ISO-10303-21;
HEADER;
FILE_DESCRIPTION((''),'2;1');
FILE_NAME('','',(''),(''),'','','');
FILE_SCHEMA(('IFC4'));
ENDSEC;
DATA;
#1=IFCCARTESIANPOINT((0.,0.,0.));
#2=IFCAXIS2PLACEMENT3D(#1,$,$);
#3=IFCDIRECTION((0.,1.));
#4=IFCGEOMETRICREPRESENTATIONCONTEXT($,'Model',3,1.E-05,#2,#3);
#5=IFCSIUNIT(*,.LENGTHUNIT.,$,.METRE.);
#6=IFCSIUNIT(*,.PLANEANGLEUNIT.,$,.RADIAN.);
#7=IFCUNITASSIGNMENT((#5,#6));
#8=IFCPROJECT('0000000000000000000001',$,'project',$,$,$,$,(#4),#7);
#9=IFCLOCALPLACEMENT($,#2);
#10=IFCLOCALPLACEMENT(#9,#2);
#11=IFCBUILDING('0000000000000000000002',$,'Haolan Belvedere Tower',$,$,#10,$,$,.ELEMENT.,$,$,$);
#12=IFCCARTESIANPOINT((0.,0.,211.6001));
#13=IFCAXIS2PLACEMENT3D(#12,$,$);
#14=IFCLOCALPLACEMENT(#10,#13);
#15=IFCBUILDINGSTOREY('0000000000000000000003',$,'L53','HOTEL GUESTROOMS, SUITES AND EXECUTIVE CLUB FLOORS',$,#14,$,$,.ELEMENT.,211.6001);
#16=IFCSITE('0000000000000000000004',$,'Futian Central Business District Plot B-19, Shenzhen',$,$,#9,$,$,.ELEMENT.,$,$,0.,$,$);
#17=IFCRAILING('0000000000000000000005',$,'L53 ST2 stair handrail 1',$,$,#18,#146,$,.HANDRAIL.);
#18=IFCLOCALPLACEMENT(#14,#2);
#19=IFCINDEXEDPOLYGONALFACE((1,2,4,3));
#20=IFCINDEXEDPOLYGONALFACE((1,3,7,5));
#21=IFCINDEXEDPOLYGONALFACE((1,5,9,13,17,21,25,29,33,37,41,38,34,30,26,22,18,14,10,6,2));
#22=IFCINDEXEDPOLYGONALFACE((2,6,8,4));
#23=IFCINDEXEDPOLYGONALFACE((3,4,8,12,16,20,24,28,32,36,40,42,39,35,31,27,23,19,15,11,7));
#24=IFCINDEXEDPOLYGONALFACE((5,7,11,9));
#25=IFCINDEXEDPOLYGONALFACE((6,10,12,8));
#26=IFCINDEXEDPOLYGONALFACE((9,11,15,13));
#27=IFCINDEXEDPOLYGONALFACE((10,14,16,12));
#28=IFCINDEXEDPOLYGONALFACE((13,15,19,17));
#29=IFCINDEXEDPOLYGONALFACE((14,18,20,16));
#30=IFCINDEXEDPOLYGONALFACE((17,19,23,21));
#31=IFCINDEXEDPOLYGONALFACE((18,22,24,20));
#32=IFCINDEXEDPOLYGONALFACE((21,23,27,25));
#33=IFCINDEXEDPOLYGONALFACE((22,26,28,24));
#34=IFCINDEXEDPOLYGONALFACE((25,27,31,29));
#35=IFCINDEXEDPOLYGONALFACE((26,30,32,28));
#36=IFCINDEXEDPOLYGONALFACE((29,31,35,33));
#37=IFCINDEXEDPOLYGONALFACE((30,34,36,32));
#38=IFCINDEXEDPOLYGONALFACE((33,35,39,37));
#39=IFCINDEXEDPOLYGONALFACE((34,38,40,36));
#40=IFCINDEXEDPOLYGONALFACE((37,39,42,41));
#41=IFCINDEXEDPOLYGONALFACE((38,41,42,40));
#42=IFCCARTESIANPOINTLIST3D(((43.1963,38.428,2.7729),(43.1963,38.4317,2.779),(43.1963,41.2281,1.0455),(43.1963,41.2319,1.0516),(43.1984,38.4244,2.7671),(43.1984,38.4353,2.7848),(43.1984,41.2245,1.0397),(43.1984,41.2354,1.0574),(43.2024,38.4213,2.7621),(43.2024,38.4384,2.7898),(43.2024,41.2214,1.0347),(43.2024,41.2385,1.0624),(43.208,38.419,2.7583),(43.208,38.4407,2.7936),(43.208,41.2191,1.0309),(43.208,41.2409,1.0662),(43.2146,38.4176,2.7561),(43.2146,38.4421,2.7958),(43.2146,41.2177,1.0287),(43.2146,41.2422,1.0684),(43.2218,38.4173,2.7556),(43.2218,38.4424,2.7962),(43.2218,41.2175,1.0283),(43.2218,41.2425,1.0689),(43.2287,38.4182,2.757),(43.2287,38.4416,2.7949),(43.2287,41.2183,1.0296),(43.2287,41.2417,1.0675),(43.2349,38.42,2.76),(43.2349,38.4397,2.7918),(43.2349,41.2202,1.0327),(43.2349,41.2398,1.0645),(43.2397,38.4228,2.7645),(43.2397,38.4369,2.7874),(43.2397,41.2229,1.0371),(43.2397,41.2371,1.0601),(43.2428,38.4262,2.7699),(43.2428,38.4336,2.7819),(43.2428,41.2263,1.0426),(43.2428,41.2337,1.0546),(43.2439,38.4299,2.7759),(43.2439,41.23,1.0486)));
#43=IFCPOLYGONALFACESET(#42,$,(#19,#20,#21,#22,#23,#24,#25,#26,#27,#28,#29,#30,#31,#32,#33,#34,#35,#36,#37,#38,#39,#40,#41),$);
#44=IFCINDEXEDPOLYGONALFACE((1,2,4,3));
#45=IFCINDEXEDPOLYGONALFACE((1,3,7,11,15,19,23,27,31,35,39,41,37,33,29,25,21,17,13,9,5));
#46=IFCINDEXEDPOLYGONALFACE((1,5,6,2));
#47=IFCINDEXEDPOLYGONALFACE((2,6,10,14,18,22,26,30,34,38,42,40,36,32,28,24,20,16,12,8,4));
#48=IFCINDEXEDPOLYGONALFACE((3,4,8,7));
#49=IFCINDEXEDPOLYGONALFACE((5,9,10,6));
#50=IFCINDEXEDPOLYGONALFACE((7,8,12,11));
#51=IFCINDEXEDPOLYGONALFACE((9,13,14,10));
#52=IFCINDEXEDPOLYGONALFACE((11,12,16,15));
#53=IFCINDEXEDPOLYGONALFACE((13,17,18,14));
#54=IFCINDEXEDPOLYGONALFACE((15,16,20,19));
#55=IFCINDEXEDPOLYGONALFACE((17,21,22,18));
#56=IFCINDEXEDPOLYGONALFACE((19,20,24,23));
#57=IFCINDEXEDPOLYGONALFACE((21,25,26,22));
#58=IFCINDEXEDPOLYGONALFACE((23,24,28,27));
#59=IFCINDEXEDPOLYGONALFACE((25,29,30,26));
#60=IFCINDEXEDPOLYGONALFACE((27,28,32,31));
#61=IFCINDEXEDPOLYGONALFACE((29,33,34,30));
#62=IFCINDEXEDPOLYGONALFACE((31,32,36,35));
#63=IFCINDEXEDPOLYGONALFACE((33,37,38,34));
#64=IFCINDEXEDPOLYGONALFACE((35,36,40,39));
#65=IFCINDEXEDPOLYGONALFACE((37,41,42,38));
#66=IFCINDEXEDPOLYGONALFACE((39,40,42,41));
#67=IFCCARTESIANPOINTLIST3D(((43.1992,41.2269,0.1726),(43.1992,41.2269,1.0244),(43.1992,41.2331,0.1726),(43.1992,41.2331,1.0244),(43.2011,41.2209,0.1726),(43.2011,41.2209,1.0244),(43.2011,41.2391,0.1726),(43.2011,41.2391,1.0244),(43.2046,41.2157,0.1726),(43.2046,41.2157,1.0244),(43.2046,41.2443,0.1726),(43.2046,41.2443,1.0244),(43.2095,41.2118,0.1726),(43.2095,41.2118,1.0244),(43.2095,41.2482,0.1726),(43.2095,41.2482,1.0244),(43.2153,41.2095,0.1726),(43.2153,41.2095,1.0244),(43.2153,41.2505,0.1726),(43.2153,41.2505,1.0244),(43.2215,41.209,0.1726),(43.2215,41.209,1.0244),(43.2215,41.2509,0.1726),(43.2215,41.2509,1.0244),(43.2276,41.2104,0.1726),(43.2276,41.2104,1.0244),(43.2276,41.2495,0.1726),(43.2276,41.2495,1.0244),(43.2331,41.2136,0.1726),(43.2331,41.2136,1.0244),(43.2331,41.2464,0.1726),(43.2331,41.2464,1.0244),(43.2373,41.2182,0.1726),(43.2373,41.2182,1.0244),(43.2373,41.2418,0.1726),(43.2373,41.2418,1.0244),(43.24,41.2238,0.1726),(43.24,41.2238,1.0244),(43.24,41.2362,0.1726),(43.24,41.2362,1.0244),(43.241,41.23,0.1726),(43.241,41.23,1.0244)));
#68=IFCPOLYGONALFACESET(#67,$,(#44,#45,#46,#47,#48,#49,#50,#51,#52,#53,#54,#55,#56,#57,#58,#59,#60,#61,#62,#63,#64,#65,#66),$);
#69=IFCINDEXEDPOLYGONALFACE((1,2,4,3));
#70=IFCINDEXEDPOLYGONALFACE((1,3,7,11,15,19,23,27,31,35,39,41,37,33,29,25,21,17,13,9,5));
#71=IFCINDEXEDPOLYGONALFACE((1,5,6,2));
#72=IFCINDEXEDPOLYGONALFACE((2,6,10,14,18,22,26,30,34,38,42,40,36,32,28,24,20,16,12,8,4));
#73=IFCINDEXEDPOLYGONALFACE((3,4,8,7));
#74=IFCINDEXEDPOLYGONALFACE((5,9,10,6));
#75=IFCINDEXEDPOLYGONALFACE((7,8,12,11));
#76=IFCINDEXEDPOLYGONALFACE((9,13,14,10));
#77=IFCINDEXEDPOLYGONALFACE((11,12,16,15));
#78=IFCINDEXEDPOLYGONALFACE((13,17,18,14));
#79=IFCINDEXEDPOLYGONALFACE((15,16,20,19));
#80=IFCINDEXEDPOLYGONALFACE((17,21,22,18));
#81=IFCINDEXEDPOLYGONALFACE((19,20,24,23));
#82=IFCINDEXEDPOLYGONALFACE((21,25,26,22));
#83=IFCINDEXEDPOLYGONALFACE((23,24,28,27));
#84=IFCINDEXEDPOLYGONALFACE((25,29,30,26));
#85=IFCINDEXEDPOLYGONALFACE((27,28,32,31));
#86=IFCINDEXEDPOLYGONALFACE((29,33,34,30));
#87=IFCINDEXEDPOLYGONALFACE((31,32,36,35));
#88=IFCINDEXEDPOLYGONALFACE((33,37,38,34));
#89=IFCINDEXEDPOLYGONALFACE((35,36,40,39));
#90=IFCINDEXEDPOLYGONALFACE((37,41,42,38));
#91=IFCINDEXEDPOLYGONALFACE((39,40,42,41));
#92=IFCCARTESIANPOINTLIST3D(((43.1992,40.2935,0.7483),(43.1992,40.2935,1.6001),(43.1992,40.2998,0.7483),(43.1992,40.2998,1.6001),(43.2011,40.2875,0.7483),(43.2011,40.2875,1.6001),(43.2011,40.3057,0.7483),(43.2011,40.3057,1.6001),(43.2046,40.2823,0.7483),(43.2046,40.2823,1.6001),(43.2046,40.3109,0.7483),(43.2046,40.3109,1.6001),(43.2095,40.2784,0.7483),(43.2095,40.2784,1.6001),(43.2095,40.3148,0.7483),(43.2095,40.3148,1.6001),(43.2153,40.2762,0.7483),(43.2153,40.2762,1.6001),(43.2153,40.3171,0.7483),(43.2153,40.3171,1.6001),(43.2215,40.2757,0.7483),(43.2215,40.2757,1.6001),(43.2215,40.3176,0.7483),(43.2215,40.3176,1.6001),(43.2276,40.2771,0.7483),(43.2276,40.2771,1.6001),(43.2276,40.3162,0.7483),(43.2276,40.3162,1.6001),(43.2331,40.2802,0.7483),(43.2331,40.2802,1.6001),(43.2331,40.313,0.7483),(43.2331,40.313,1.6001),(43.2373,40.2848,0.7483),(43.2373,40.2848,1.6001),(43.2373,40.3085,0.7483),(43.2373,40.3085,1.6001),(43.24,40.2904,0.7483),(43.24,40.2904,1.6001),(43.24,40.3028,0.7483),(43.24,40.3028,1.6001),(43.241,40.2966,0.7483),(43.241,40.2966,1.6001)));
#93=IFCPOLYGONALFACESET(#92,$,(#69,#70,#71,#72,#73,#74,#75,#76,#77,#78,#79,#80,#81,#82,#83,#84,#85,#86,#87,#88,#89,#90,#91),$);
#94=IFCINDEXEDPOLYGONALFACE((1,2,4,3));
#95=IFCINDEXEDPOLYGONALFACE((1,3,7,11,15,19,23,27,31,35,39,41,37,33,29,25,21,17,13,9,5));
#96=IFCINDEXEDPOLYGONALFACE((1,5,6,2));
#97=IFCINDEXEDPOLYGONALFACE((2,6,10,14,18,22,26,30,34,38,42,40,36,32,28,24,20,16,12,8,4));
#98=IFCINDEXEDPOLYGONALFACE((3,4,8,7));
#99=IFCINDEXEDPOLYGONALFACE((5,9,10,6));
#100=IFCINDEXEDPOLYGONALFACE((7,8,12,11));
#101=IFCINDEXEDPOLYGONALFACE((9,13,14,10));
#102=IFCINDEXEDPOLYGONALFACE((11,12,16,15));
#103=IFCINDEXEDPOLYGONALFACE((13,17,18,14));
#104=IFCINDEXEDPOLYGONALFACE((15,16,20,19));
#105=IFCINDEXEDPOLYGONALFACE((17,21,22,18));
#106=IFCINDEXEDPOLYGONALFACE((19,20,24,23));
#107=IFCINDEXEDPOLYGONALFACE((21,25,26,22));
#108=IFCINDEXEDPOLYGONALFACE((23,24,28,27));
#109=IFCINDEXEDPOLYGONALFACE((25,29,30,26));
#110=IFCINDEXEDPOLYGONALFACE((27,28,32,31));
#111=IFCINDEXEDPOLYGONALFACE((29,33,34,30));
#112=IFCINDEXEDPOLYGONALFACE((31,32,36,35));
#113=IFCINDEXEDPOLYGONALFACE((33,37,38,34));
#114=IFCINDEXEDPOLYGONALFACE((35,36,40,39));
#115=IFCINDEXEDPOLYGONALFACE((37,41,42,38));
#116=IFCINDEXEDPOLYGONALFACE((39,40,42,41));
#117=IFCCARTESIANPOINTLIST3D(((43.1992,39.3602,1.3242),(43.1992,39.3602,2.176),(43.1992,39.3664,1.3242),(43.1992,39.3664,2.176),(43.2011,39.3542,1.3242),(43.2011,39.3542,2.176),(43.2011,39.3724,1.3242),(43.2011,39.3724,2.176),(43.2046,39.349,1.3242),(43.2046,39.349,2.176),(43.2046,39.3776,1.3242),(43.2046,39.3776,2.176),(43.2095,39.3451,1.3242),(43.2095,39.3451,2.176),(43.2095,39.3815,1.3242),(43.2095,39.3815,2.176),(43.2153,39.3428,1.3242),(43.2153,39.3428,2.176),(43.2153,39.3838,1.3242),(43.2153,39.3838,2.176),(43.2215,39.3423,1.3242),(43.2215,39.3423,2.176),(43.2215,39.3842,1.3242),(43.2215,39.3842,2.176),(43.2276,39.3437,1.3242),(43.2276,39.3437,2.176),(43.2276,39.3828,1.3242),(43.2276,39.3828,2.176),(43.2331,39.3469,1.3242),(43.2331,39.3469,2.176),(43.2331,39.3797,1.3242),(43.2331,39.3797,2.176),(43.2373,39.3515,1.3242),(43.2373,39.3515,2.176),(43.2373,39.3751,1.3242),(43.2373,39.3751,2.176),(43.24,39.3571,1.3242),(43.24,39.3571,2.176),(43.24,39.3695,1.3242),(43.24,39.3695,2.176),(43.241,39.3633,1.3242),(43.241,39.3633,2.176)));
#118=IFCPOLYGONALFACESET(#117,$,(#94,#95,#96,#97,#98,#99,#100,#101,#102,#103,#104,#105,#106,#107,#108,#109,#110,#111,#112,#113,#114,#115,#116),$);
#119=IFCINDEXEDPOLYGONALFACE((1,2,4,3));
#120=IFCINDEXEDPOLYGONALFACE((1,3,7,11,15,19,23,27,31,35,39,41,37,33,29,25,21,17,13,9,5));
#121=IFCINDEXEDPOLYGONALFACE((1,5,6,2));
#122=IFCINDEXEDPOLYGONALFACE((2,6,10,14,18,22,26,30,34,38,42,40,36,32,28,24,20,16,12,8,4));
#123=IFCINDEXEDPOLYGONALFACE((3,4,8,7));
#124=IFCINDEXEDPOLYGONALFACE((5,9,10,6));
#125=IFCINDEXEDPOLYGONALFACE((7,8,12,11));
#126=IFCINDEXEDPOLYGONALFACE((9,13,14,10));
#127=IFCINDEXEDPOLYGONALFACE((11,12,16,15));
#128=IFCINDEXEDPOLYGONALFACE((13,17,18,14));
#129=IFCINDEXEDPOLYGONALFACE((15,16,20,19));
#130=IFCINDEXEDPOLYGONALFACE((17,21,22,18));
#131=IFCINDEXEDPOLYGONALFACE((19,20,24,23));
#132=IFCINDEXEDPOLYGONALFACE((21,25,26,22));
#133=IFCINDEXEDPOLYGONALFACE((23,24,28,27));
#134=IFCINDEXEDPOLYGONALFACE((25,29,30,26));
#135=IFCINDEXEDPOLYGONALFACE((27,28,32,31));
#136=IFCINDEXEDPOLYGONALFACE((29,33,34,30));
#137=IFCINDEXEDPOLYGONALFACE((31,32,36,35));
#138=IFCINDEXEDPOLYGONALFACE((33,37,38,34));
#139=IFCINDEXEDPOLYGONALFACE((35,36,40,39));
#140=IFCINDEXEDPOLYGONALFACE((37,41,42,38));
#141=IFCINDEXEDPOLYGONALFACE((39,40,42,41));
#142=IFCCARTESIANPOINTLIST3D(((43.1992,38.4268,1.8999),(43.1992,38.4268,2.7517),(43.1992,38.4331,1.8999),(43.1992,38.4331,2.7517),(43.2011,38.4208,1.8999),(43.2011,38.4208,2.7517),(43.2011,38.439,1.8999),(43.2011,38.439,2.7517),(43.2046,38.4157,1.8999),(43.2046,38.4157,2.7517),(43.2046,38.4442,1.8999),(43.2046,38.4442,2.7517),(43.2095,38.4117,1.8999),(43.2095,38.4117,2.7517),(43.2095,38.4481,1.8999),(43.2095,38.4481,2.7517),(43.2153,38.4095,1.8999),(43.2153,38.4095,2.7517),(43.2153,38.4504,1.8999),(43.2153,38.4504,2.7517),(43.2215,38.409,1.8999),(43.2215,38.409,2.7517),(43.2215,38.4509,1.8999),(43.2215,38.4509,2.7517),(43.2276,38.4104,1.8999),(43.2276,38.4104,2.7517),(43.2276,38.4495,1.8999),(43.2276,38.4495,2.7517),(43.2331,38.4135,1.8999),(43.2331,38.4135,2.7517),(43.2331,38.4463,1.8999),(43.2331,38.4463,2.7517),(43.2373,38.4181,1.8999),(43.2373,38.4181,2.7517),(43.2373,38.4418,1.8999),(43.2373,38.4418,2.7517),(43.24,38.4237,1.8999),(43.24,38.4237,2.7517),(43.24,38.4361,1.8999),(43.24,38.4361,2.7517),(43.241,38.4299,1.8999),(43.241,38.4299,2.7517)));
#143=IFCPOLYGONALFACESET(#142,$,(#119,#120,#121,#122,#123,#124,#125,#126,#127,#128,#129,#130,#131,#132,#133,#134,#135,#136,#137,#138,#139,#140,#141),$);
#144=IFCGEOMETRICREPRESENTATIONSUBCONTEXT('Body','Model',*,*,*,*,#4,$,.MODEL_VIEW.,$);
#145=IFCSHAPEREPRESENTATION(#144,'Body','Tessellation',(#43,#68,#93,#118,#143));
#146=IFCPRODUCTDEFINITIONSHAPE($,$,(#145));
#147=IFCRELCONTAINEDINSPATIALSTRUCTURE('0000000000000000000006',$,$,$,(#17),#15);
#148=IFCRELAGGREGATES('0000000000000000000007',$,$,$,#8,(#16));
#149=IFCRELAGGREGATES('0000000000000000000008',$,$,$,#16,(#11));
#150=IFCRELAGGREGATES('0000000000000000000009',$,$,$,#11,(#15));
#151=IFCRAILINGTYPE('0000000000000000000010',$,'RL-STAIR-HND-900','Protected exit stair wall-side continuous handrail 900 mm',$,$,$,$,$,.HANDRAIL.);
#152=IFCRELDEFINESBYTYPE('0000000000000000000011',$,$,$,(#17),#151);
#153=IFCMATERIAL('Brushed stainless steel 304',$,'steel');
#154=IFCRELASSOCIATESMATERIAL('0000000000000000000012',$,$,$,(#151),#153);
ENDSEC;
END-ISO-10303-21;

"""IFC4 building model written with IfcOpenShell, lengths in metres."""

from ifc_helpers import new_model, si_unit, direction, frame, origin, origin_2d, place, context, subcontext, project, spatial, circle, extrude, material, type_object, element, save


model = new_model("IFC4")

# Units and contexts
model_context = context("Model", 3, precision=1e-05, world=origin(), true_north=direction((0.0, 1.0)))
body_context = subcontext(model_context, "Body", "Model", "MODEL_VIEW")
ifc_project = project(units=[si_unit("LENGTHUNIT", "METRE"), si_unit("PLANEANGLEUNIT", "RADIAN")], contexts=[model_context])

# Site, building, storey
site_placement = place(None, origin())
site = spatial("IfcSite", under=ifc_project, at=site_placement, Name="Futian Central Business District Plot B-19, Shenzhen", CompositionType="ELEMENT", RefElevation=0.0)
building_placement = place(site_placement, origin())
building = spatial("IfcBuilding", under=site, at=building_placement, Name="Haolan Belvedere Tower", CompositionType="ELEMENT")
storey_placement = place(building_placement, frame((0.0, 0.0, 211.6001)))
storey = spatial("IfcBuildingStorey", under=building, at=storey_placement, Name="L53", Description="HOTEL GUESTROOMS, SUITES AND EXECUTIVE CLUB FLOORS", CompositionType="ELEMENT", Elevation=211.6001)

# Railing
ifc_material_1 = material(Name="Brushed stainless steel 304", Category="steel")
railing_type_1 = type_object("IfcRailingType", Name="RL-STAIR-HND-900", Description="Protected exit stair wall-side continuous handrail 900 mm", PredefinedType="HANDRAIL", material=ifc_material_1)
railing_1_placement = place(storey_placement, frame((43.22, 41.23, 0.1726)))
element("IfcRailing", 1, at=railing_1_placement, inside=storey, type_object=railing_type_1, Name="L53 ST2 stair handrail 1", PredefinedType="HANDRAIL", context=body_context, shape_type="SweptSolid", body=[
    extrude(circle(Radius=0.0239, at=origin_2d()), frame((0.0, 0.0, 0.876), z_axis=(0.0, -0.85109, 0.52502), x_axis=(1.0, 0.0, 0.0)), (0.0, 0.0, 1.0), 3.29),
    extrude(circle(Radius=0.021, at=origin_2d()), origin(), (0.0, 0.0, 1.0), 0.8518),
    extrude(circle(Radius=0.021, at=origin_2d()), frame((0.0, -0.9333, 0.5757)), (0.0, 0.0, 1.0), 0.8518),
    extrude(circle(Radius=0.021, at=origin_2d()), frame((0.0, -1.8667, 1.1516)), (0.0, 0.0, 1.0), 0.8518),
    extrude(circle(Radius=0.021, at=origin_2d()), frame((0.0, -2.8, 1.7273)), (0.0, 0.0, 1.0), 0.8518),
])

save(model, "model.ifc")
